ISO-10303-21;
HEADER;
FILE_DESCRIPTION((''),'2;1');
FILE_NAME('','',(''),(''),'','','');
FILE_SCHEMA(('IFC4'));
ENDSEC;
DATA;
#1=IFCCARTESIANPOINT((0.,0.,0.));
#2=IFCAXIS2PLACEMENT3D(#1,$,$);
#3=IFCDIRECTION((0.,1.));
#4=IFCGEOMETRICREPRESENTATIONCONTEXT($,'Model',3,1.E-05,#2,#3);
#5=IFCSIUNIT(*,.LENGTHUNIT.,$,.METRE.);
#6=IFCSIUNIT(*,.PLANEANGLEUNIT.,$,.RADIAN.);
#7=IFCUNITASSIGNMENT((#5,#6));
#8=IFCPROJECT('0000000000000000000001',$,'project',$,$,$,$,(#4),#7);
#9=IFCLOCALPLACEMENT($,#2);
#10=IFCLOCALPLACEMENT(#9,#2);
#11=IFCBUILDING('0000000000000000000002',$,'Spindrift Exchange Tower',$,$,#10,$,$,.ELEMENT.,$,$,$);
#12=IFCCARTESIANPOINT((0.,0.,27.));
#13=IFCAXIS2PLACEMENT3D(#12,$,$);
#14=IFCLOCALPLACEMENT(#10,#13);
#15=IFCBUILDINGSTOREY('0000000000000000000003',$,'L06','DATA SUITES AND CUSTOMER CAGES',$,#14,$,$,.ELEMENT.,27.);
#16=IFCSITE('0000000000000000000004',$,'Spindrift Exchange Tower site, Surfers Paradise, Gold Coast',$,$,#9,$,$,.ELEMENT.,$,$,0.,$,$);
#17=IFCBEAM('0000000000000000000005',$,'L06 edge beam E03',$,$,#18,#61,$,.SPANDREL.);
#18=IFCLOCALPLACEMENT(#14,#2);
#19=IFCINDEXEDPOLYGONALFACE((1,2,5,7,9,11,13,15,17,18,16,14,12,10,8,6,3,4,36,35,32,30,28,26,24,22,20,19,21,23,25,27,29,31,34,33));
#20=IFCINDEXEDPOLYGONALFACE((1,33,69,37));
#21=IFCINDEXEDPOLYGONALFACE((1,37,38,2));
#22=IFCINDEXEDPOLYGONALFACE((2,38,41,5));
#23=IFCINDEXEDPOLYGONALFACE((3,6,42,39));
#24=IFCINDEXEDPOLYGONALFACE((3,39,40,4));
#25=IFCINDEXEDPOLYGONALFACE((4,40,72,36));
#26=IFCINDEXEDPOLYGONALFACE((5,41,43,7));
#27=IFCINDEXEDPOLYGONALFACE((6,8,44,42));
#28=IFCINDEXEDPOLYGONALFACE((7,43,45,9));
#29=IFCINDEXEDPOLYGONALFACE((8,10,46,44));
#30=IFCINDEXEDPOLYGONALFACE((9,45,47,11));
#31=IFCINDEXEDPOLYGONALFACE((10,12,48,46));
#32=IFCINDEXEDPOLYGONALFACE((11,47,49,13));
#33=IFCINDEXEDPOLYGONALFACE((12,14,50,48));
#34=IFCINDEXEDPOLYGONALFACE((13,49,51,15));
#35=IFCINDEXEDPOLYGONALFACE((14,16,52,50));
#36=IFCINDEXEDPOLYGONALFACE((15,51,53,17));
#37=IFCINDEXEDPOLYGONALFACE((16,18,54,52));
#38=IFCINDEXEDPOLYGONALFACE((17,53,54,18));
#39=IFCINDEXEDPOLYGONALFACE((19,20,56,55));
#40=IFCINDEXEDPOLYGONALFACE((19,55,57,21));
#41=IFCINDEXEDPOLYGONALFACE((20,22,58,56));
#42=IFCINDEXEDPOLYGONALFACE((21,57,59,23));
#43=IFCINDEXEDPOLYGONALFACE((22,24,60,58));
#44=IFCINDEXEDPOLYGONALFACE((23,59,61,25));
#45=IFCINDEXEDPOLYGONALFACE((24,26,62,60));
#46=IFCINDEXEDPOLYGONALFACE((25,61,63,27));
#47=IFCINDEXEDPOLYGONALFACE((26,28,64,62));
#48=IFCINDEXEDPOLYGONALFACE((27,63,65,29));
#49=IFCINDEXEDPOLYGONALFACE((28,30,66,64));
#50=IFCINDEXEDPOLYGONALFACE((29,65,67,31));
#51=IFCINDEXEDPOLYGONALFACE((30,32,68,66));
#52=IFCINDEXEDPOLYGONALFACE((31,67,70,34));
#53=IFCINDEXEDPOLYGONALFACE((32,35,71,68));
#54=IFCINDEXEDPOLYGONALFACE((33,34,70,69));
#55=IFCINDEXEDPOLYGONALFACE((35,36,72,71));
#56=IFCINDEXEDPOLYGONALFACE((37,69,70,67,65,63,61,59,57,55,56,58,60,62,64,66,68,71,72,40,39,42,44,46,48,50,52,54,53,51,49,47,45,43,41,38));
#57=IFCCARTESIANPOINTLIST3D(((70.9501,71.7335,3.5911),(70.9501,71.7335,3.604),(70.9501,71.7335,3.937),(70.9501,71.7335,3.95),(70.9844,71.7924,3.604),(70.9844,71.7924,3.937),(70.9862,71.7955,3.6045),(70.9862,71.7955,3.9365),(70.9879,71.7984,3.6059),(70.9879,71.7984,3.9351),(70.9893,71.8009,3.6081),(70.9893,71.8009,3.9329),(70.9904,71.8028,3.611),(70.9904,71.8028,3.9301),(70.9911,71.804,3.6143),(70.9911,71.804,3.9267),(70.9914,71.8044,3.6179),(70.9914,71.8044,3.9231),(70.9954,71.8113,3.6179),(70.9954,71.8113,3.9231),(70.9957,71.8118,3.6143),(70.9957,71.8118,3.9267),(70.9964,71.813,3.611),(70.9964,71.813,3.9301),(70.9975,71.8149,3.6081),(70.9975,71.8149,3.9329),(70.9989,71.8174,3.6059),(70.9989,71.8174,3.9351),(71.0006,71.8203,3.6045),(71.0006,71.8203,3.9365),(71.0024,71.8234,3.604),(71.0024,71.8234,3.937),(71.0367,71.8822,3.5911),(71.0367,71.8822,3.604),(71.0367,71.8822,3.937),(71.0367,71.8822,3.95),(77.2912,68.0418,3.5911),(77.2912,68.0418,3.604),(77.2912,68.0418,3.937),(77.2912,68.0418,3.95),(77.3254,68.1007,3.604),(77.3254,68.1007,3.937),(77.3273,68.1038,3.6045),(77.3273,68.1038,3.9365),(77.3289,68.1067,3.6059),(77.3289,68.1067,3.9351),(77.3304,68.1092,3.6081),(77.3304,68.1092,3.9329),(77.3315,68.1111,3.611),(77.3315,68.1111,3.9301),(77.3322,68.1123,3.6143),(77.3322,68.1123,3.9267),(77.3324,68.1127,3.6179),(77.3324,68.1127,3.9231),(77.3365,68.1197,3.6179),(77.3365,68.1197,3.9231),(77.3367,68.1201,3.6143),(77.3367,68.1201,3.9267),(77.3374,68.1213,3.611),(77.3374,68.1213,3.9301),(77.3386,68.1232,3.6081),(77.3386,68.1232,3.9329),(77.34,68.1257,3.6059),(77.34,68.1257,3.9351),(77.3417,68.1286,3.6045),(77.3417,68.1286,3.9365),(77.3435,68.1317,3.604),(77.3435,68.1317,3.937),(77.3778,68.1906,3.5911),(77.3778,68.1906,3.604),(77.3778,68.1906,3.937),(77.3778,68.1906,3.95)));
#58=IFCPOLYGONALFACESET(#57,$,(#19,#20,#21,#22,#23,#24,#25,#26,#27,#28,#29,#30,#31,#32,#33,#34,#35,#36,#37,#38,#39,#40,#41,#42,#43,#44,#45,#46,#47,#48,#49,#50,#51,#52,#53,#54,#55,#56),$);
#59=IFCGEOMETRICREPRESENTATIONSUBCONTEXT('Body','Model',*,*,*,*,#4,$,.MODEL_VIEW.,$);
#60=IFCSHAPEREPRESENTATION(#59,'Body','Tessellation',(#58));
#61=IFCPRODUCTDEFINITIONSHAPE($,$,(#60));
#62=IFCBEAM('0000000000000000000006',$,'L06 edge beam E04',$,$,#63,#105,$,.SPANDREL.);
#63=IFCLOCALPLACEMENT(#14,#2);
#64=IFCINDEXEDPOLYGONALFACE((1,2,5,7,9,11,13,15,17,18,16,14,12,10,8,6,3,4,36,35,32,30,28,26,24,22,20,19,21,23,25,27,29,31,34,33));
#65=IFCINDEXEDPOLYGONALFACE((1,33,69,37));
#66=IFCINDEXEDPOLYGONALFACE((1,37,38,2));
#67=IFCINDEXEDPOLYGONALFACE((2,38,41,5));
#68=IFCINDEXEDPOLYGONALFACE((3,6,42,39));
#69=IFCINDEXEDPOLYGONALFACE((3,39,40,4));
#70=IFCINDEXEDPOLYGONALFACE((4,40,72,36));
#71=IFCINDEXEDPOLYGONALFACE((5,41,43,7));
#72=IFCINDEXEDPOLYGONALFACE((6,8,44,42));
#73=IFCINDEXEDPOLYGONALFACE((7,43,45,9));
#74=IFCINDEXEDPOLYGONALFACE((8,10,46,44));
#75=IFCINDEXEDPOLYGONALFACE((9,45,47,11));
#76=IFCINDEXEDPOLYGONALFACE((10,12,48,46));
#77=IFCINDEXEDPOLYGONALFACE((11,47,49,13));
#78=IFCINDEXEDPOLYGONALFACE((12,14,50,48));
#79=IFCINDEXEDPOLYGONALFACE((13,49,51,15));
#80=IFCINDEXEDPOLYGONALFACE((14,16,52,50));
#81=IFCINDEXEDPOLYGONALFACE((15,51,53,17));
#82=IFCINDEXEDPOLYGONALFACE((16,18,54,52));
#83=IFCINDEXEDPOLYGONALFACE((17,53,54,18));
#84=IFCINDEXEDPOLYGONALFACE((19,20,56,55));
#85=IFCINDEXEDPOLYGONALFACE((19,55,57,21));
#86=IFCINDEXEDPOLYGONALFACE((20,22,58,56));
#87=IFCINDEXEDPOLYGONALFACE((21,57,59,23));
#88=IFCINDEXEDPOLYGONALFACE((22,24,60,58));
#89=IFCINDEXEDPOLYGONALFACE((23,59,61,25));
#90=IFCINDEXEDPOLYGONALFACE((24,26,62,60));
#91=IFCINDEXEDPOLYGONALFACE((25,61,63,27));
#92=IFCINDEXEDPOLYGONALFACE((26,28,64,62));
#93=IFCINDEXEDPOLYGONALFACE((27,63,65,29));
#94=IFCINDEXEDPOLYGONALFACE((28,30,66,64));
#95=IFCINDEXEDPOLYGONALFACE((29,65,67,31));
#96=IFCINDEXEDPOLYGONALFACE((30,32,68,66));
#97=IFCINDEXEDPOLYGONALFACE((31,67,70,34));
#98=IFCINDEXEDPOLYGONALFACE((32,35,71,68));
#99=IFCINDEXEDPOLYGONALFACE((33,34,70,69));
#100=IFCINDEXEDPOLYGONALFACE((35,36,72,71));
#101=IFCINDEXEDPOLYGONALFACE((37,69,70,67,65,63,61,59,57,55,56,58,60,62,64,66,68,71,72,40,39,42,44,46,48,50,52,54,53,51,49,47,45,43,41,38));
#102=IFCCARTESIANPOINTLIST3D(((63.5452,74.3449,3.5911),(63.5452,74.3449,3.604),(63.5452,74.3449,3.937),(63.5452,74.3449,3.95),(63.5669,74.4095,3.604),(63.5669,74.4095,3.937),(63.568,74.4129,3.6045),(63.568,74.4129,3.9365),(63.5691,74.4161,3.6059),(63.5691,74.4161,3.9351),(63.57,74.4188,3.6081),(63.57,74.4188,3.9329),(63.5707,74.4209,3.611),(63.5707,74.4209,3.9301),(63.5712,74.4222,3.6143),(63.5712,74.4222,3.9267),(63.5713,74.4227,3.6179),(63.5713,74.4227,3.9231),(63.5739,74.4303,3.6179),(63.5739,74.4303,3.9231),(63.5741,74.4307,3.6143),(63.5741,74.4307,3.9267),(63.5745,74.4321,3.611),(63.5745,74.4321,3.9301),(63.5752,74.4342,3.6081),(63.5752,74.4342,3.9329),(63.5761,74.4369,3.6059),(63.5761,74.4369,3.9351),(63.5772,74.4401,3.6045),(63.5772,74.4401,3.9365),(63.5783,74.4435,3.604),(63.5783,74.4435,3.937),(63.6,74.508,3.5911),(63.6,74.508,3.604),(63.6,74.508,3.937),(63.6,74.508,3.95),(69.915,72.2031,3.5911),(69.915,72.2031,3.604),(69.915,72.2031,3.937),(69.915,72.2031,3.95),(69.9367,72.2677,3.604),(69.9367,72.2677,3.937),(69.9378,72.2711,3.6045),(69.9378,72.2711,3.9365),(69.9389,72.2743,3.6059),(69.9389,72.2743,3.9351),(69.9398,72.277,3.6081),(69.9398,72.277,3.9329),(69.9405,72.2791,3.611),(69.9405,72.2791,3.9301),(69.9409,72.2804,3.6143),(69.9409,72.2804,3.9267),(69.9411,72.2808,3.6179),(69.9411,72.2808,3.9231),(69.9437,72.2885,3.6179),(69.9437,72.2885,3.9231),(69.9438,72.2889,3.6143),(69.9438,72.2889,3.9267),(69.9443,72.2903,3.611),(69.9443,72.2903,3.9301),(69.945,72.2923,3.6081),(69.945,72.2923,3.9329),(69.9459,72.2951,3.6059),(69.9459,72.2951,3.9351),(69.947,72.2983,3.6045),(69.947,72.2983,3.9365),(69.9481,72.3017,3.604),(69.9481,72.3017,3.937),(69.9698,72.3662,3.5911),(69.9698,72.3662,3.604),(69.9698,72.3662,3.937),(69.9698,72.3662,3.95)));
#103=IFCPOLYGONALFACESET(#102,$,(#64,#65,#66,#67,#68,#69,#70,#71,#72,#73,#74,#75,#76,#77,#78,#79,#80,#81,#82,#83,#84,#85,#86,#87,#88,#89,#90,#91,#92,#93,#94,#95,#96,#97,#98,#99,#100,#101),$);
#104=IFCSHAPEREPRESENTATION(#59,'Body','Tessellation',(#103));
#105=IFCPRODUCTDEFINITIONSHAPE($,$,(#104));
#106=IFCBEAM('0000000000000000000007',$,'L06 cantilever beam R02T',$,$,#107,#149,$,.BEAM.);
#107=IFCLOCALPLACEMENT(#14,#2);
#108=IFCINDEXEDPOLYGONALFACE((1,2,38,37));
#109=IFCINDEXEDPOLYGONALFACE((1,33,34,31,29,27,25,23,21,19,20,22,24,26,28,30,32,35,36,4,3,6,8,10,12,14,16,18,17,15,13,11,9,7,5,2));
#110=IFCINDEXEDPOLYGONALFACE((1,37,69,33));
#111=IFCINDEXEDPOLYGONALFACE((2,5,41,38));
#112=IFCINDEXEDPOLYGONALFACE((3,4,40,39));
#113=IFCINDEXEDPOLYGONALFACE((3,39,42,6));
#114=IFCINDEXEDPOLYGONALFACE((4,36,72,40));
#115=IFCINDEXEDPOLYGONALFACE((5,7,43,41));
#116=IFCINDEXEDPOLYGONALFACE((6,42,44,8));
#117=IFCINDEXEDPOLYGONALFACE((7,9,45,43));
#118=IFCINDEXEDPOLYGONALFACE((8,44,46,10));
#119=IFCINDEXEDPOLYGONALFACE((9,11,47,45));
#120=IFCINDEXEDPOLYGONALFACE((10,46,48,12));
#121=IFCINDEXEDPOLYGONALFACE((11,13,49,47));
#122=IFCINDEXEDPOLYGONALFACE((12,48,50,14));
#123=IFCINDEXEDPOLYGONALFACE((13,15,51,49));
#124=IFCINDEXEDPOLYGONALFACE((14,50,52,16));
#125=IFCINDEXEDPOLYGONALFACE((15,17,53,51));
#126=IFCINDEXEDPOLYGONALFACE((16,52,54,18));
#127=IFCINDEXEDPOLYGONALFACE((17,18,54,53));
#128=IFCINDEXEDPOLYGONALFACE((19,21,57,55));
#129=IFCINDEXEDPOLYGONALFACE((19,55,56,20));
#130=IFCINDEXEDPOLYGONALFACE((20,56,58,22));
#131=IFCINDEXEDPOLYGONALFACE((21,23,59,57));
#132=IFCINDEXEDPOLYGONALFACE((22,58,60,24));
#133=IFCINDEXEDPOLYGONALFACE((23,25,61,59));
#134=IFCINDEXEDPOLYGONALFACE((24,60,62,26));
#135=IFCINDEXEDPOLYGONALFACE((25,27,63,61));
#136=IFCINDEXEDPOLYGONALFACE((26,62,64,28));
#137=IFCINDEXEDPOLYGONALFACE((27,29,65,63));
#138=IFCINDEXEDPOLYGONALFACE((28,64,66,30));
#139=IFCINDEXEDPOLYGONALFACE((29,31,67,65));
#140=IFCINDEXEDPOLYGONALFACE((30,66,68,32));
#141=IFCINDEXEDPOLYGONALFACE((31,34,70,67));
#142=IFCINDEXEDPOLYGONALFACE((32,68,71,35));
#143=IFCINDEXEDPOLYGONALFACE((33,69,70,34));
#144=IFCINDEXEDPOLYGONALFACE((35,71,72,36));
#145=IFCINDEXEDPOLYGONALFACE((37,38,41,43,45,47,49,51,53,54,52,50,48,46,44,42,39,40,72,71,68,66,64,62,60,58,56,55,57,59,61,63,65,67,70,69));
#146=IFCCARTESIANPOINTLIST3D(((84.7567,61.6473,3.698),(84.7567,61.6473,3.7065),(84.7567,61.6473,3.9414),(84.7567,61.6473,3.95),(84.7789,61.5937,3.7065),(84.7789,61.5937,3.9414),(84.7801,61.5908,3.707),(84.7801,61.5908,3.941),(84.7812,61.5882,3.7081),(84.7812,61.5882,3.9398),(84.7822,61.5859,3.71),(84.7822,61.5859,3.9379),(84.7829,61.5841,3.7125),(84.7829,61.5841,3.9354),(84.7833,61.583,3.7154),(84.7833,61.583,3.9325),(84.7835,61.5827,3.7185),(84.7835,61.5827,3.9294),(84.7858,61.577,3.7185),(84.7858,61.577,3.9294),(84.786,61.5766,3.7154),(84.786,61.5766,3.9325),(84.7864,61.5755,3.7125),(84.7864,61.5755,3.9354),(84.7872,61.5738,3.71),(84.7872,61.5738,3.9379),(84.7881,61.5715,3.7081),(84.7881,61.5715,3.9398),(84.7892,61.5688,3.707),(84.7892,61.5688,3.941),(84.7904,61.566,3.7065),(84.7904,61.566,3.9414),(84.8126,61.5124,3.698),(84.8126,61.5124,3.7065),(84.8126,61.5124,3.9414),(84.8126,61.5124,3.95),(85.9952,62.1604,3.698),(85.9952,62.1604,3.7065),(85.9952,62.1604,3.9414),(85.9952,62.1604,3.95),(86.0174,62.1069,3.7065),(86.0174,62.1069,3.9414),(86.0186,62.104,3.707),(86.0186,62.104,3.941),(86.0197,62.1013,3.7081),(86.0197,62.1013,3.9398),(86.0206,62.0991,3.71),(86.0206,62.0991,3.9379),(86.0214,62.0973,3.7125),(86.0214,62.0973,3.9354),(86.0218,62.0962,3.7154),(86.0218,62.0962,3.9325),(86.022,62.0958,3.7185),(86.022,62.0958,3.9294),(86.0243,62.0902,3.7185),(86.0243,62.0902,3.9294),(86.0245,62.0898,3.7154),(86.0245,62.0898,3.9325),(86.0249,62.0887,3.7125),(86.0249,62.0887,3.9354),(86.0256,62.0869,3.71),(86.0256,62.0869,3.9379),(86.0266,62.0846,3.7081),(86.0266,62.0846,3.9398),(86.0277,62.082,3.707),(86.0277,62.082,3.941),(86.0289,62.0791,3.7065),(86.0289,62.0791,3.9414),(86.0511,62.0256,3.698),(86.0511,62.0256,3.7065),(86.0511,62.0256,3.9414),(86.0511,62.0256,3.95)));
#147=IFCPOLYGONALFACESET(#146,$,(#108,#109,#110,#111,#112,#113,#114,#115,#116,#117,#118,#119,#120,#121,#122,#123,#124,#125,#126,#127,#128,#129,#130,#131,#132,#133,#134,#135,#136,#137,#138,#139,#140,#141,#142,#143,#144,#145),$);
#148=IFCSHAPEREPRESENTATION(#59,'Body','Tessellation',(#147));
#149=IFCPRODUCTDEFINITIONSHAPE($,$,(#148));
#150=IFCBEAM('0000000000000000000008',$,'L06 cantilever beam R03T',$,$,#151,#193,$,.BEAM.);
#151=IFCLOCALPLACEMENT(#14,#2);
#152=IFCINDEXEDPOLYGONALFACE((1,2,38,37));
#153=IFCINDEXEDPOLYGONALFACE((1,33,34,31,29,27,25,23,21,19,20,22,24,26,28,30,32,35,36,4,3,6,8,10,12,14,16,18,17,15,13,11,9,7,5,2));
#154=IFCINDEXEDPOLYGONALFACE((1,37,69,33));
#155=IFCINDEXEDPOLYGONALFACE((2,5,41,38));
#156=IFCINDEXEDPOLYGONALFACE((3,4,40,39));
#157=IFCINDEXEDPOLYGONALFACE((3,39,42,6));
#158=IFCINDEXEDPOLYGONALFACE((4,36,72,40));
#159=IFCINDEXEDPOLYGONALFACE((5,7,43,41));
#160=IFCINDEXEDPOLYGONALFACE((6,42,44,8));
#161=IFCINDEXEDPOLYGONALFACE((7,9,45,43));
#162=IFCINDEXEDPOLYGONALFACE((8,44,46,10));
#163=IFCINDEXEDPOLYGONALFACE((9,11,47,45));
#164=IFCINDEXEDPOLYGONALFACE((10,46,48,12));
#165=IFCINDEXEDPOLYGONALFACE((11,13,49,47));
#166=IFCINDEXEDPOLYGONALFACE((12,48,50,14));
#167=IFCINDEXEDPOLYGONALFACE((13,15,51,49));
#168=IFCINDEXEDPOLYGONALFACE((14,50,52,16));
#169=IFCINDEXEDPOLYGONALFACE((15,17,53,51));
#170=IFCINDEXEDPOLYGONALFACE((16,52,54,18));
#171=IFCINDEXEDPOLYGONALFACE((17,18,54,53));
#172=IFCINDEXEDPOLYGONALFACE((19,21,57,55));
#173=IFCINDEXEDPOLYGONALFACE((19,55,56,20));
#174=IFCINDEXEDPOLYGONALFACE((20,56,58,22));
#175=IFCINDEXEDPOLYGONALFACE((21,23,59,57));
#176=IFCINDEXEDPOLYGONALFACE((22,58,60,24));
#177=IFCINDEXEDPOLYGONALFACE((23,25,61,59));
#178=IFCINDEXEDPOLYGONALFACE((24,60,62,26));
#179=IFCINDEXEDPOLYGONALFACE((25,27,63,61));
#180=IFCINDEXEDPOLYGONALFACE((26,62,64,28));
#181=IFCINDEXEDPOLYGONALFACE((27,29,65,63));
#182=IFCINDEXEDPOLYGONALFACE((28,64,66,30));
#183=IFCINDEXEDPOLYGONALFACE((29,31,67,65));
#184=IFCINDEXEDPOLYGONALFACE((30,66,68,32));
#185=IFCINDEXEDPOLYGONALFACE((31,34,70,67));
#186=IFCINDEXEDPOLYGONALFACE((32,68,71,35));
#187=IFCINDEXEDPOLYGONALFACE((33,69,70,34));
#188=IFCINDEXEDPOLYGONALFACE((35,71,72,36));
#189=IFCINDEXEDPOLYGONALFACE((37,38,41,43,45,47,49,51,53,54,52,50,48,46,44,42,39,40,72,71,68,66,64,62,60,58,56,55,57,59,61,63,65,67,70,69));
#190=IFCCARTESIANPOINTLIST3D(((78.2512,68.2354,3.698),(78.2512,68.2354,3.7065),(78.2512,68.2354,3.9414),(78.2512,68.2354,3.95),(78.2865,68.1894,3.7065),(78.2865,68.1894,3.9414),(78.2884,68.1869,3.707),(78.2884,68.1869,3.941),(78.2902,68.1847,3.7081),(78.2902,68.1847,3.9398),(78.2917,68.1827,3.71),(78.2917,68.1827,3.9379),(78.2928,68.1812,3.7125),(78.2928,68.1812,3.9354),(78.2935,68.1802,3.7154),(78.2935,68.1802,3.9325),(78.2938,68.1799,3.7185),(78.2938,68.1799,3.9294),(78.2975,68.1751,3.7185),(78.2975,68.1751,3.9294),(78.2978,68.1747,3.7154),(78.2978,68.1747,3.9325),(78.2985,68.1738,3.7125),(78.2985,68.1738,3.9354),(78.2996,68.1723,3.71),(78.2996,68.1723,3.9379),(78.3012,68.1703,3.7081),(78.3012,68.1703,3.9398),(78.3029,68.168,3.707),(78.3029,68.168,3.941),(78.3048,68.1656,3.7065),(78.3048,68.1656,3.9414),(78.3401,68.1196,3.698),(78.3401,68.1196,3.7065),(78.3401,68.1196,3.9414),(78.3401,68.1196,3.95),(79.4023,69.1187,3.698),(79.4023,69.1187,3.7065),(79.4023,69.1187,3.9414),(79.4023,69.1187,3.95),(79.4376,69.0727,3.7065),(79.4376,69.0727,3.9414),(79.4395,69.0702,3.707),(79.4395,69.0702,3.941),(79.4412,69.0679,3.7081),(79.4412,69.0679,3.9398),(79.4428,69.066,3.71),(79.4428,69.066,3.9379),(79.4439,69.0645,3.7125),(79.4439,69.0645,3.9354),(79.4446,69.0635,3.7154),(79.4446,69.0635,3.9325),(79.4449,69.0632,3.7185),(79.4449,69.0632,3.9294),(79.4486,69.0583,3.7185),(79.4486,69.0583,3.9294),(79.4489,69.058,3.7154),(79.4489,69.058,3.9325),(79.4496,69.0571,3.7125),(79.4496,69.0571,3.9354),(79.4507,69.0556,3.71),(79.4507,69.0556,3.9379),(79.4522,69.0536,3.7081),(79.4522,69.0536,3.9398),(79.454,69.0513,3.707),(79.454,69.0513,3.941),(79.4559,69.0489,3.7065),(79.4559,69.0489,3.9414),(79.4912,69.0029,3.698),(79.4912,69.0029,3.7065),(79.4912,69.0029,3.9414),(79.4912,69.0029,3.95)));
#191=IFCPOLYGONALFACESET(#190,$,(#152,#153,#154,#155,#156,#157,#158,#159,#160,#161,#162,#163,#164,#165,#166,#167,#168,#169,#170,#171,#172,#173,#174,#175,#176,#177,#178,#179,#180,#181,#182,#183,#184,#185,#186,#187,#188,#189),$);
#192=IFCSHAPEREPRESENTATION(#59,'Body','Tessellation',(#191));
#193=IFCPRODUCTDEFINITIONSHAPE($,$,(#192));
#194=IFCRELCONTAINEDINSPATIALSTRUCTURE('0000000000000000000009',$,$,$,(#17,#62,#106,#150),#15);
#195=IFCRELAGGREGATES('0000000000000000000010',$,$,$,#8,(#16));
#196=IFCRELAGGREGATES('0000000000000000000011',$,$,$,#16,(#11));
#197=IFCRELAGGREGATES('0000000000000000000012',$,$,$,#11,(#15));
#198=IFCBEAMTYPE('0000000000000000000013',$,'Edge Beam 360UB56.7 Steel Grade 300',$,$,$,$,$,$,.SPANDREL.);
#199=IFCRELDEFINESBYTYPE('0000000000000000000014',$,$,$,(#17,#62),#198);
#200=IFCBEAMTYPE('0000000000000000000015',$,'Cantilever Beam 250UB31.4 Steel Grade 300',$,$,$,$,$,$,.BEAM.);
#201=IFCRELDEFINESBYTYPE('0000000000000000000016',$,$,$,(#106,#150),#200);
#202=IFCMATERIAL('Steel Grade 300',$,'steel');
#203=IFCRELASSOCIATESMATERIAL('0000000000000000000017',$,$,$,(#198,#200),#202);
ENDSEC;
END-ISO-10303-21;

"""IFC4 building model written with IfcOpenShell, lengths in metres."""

from ifc_helpers import new_model, si_unit, direction, frame, origin, origin_2d, place, context, subcontext, project, spatial, i_section, extrude, source, transform, mapped, material, material_profile, profile_set, type_object, element, save


model = new_model("IFC4")

# Units and contexts
model_context = context("Model", 3, precision=1e-05, world=origin(), true_north=direction((0.0, 1.0)))
body_context = subcontext(model_context, "Body", "Model", "MODEL_VIEW")
ifc_project = project(units=[si_unit("LENGTHUNIT", "METRE"), si_unit("PLANEANGLEUNIT", "RADIAN")], contexts=[model_context])

# Site, building, storey
site_placement = place(None, origin())
site = spatial("IfcSite", under=ifc_project, at=site_placement, Name="Spindrift Exchange Tower site, Surfers Paradise, Gold Coast", CompositionType="ELEMENT", RefElevation=0.0)
building_placement = place(site_placement, origin())
building = spatial("IfcBuilding", under=site, at=building_placement, Name="Spindrift Exchange Tower", CompositionType="ELEMENT")
storey_placement = place(building_placement, frame((0.0, 0.0, 27.0)))
storey = spatial("IfcBuildingStorey", under=building, at=storey_placement, Name="L06", Description="DATA SUITES AND CUSTOMER CAGES", CompositionType="ELEMENT", Elevation=27.0)

# Beams
ifc_material_1 = material(Name="Steel Grade 300", Category="steel")
ifc_material_profile_1 = material_profile(ifc_material_1, i_section(OverallWidth=0.1721, OverallDepth=0.3589, WebThickness=0.0081, FlangeThickness=0.0129, FilletRadius=0.0139, at=origin_2d()), Name="360UB56.7")
ifc_profile_set_1 = profile_set([ifc_material_profile_1], Name="Steel Grade 300")
beam_type_1 = type_object("IfcBeamType", Name="Edge Beam 360UB56.7 Steel Grade 300", PredefinedType="SPANDREL", material=ifc_profile_set_1)
shared_shape_1 = source(origin(), body_context, "Body", "SweptSolid", [
    extrude(i_section(OverallWidth=0.1721, OverallDepth=0.3589, WebThickness=0.0081, FlangeThickness=0.0129, FilletRadius=0.0139, at=origin_2d()), origin(), (0.0, 0.0, 1.0), 7.3374),
])
beam_1_placement = place(storey_placement, frame((77.3345, 68.1162, 3.7705), z_axis=(-0.864212, 0.503128, 0.0), x_axis=(-0.503128, -0.864212, 0.0)))
element("IfcBeam", 1, at=beam_1_placement, inside=storey, type_object=beam_type_1, Name="L06 edge beam E03", PredefinedType="SPANDREL", context=body_context, shape_type="MappedRepresentation", body=[
    mapped(shared_shape_1, transform((0.0, 0.0, 0.0), scale=1.0)),
])
shared_shape_2 = source(origin(), body_context, "Body", "SweptSolid", [
    extrude(i_section(OverallWidth=0.1721, OverallDepth=0.3589, WebThickness=0.0081, FlangeThickness=0.0129, FilletRadius=0.0139, at=origin_2d()), origin(), (0.0, 0.0, 1.0), 6.7202),
])
beam_2_placement = place(storey_placement, frame((69.9424, 72.2847, 3.7705), z_axis=(-0.947852, 0.318712, 0.0), x_axis=(-0.318712, -0.947852, 0.0)))
element("IfcBeam", 2, at=beam_2_placement, inside=storey, type_object=beam_type_1, Name="L06 edge beam E04", PredefinedType="SPANDREL", context=body_context, shape_type="MappedRepresentation", body=[
    mapped(shared_shape_2, transform((0.0, 0.0, 0.0), scale=1.0)),
])
ifc_material_profile_2 = material_profile(ifc_material_1, i_section(OverallWidth=0.146, OverallDepth=0.252, WebThickness=0.0061, FlangeThickness=0.0085, FilletRadius=0.012, at=origin_2d()), Name="250UB31.4")
ifc_profile_set_2 = profile_set([ifc_material_profile_2], Name="Steel Grade 300")
beam_type_2 = type_object("IfcBeamType", Name="Cantilever Beam 250UB31.4 Steel Grade 300", PredefinedType="BEAM", material=ifc_profile_set_2)
shared_shape_3 = source(origin(), body_context, "Body", "SweptSolid", [
    extrude(i_section(OverallWidth=0.146, OverallDepth=0.252, WebThickness=0.0061, FlangeThickness=0.0085, FilletRadius=0.012, at=origin_2d()), origin(), (0.0, 0.0, 1.0), 1.3406),
])
beam_3_placement = place(storey_placement, frame((84.7847, 61.5798, 3.824), z_axis=(0.923835, 0.382791, 0.0), x_axis=(-0.382791, 0.923835, 0.0)))
element("IfcBeam", 3, at=beam_3_placement, inside=storey, type_object=beam_type_2, Name="L06 cantilever beam R02T", PredefinedType="BEAM", context=body_context, shape_type="MappedRepresentation", body=[
    mapped(shared_shape_3, transform((0.0, 0.0, 0.0), scale=1.0)),
])
shared_shape_4 = source(origin(), body_context, "Body", "SweptSolid", [
    extrude(i_section(OverallWidth=0.146, OverallDepth=0.252, WebThickness=0.0061, FlangeThickness=0.0085, FilletRadius=0.012, at=origin_2d()), origin(), (0.0, 0.0, 1.0), 1.4509),
])
beam_4_placement = place(storey_placement, frame((78.2957, 68.1775, 3.824), z_axis=(0.793349, 0.608767, 0.0), x_axis=(-0.608767, 0.793349, 0.0)))
element("IfcBeam", 4, at=beam_4_placement, inside=storey, type_object=beam_type_2, Name="L06 cantilever beam R03T", PredefinedType="BEAM", context=body_context, shape_type="MappedRepresentation", body=[
    mapped(shared_shape_4, transform((0.0, 0.0, 0.0), scale=1.0)),
])

save(model, "model.ifc")
